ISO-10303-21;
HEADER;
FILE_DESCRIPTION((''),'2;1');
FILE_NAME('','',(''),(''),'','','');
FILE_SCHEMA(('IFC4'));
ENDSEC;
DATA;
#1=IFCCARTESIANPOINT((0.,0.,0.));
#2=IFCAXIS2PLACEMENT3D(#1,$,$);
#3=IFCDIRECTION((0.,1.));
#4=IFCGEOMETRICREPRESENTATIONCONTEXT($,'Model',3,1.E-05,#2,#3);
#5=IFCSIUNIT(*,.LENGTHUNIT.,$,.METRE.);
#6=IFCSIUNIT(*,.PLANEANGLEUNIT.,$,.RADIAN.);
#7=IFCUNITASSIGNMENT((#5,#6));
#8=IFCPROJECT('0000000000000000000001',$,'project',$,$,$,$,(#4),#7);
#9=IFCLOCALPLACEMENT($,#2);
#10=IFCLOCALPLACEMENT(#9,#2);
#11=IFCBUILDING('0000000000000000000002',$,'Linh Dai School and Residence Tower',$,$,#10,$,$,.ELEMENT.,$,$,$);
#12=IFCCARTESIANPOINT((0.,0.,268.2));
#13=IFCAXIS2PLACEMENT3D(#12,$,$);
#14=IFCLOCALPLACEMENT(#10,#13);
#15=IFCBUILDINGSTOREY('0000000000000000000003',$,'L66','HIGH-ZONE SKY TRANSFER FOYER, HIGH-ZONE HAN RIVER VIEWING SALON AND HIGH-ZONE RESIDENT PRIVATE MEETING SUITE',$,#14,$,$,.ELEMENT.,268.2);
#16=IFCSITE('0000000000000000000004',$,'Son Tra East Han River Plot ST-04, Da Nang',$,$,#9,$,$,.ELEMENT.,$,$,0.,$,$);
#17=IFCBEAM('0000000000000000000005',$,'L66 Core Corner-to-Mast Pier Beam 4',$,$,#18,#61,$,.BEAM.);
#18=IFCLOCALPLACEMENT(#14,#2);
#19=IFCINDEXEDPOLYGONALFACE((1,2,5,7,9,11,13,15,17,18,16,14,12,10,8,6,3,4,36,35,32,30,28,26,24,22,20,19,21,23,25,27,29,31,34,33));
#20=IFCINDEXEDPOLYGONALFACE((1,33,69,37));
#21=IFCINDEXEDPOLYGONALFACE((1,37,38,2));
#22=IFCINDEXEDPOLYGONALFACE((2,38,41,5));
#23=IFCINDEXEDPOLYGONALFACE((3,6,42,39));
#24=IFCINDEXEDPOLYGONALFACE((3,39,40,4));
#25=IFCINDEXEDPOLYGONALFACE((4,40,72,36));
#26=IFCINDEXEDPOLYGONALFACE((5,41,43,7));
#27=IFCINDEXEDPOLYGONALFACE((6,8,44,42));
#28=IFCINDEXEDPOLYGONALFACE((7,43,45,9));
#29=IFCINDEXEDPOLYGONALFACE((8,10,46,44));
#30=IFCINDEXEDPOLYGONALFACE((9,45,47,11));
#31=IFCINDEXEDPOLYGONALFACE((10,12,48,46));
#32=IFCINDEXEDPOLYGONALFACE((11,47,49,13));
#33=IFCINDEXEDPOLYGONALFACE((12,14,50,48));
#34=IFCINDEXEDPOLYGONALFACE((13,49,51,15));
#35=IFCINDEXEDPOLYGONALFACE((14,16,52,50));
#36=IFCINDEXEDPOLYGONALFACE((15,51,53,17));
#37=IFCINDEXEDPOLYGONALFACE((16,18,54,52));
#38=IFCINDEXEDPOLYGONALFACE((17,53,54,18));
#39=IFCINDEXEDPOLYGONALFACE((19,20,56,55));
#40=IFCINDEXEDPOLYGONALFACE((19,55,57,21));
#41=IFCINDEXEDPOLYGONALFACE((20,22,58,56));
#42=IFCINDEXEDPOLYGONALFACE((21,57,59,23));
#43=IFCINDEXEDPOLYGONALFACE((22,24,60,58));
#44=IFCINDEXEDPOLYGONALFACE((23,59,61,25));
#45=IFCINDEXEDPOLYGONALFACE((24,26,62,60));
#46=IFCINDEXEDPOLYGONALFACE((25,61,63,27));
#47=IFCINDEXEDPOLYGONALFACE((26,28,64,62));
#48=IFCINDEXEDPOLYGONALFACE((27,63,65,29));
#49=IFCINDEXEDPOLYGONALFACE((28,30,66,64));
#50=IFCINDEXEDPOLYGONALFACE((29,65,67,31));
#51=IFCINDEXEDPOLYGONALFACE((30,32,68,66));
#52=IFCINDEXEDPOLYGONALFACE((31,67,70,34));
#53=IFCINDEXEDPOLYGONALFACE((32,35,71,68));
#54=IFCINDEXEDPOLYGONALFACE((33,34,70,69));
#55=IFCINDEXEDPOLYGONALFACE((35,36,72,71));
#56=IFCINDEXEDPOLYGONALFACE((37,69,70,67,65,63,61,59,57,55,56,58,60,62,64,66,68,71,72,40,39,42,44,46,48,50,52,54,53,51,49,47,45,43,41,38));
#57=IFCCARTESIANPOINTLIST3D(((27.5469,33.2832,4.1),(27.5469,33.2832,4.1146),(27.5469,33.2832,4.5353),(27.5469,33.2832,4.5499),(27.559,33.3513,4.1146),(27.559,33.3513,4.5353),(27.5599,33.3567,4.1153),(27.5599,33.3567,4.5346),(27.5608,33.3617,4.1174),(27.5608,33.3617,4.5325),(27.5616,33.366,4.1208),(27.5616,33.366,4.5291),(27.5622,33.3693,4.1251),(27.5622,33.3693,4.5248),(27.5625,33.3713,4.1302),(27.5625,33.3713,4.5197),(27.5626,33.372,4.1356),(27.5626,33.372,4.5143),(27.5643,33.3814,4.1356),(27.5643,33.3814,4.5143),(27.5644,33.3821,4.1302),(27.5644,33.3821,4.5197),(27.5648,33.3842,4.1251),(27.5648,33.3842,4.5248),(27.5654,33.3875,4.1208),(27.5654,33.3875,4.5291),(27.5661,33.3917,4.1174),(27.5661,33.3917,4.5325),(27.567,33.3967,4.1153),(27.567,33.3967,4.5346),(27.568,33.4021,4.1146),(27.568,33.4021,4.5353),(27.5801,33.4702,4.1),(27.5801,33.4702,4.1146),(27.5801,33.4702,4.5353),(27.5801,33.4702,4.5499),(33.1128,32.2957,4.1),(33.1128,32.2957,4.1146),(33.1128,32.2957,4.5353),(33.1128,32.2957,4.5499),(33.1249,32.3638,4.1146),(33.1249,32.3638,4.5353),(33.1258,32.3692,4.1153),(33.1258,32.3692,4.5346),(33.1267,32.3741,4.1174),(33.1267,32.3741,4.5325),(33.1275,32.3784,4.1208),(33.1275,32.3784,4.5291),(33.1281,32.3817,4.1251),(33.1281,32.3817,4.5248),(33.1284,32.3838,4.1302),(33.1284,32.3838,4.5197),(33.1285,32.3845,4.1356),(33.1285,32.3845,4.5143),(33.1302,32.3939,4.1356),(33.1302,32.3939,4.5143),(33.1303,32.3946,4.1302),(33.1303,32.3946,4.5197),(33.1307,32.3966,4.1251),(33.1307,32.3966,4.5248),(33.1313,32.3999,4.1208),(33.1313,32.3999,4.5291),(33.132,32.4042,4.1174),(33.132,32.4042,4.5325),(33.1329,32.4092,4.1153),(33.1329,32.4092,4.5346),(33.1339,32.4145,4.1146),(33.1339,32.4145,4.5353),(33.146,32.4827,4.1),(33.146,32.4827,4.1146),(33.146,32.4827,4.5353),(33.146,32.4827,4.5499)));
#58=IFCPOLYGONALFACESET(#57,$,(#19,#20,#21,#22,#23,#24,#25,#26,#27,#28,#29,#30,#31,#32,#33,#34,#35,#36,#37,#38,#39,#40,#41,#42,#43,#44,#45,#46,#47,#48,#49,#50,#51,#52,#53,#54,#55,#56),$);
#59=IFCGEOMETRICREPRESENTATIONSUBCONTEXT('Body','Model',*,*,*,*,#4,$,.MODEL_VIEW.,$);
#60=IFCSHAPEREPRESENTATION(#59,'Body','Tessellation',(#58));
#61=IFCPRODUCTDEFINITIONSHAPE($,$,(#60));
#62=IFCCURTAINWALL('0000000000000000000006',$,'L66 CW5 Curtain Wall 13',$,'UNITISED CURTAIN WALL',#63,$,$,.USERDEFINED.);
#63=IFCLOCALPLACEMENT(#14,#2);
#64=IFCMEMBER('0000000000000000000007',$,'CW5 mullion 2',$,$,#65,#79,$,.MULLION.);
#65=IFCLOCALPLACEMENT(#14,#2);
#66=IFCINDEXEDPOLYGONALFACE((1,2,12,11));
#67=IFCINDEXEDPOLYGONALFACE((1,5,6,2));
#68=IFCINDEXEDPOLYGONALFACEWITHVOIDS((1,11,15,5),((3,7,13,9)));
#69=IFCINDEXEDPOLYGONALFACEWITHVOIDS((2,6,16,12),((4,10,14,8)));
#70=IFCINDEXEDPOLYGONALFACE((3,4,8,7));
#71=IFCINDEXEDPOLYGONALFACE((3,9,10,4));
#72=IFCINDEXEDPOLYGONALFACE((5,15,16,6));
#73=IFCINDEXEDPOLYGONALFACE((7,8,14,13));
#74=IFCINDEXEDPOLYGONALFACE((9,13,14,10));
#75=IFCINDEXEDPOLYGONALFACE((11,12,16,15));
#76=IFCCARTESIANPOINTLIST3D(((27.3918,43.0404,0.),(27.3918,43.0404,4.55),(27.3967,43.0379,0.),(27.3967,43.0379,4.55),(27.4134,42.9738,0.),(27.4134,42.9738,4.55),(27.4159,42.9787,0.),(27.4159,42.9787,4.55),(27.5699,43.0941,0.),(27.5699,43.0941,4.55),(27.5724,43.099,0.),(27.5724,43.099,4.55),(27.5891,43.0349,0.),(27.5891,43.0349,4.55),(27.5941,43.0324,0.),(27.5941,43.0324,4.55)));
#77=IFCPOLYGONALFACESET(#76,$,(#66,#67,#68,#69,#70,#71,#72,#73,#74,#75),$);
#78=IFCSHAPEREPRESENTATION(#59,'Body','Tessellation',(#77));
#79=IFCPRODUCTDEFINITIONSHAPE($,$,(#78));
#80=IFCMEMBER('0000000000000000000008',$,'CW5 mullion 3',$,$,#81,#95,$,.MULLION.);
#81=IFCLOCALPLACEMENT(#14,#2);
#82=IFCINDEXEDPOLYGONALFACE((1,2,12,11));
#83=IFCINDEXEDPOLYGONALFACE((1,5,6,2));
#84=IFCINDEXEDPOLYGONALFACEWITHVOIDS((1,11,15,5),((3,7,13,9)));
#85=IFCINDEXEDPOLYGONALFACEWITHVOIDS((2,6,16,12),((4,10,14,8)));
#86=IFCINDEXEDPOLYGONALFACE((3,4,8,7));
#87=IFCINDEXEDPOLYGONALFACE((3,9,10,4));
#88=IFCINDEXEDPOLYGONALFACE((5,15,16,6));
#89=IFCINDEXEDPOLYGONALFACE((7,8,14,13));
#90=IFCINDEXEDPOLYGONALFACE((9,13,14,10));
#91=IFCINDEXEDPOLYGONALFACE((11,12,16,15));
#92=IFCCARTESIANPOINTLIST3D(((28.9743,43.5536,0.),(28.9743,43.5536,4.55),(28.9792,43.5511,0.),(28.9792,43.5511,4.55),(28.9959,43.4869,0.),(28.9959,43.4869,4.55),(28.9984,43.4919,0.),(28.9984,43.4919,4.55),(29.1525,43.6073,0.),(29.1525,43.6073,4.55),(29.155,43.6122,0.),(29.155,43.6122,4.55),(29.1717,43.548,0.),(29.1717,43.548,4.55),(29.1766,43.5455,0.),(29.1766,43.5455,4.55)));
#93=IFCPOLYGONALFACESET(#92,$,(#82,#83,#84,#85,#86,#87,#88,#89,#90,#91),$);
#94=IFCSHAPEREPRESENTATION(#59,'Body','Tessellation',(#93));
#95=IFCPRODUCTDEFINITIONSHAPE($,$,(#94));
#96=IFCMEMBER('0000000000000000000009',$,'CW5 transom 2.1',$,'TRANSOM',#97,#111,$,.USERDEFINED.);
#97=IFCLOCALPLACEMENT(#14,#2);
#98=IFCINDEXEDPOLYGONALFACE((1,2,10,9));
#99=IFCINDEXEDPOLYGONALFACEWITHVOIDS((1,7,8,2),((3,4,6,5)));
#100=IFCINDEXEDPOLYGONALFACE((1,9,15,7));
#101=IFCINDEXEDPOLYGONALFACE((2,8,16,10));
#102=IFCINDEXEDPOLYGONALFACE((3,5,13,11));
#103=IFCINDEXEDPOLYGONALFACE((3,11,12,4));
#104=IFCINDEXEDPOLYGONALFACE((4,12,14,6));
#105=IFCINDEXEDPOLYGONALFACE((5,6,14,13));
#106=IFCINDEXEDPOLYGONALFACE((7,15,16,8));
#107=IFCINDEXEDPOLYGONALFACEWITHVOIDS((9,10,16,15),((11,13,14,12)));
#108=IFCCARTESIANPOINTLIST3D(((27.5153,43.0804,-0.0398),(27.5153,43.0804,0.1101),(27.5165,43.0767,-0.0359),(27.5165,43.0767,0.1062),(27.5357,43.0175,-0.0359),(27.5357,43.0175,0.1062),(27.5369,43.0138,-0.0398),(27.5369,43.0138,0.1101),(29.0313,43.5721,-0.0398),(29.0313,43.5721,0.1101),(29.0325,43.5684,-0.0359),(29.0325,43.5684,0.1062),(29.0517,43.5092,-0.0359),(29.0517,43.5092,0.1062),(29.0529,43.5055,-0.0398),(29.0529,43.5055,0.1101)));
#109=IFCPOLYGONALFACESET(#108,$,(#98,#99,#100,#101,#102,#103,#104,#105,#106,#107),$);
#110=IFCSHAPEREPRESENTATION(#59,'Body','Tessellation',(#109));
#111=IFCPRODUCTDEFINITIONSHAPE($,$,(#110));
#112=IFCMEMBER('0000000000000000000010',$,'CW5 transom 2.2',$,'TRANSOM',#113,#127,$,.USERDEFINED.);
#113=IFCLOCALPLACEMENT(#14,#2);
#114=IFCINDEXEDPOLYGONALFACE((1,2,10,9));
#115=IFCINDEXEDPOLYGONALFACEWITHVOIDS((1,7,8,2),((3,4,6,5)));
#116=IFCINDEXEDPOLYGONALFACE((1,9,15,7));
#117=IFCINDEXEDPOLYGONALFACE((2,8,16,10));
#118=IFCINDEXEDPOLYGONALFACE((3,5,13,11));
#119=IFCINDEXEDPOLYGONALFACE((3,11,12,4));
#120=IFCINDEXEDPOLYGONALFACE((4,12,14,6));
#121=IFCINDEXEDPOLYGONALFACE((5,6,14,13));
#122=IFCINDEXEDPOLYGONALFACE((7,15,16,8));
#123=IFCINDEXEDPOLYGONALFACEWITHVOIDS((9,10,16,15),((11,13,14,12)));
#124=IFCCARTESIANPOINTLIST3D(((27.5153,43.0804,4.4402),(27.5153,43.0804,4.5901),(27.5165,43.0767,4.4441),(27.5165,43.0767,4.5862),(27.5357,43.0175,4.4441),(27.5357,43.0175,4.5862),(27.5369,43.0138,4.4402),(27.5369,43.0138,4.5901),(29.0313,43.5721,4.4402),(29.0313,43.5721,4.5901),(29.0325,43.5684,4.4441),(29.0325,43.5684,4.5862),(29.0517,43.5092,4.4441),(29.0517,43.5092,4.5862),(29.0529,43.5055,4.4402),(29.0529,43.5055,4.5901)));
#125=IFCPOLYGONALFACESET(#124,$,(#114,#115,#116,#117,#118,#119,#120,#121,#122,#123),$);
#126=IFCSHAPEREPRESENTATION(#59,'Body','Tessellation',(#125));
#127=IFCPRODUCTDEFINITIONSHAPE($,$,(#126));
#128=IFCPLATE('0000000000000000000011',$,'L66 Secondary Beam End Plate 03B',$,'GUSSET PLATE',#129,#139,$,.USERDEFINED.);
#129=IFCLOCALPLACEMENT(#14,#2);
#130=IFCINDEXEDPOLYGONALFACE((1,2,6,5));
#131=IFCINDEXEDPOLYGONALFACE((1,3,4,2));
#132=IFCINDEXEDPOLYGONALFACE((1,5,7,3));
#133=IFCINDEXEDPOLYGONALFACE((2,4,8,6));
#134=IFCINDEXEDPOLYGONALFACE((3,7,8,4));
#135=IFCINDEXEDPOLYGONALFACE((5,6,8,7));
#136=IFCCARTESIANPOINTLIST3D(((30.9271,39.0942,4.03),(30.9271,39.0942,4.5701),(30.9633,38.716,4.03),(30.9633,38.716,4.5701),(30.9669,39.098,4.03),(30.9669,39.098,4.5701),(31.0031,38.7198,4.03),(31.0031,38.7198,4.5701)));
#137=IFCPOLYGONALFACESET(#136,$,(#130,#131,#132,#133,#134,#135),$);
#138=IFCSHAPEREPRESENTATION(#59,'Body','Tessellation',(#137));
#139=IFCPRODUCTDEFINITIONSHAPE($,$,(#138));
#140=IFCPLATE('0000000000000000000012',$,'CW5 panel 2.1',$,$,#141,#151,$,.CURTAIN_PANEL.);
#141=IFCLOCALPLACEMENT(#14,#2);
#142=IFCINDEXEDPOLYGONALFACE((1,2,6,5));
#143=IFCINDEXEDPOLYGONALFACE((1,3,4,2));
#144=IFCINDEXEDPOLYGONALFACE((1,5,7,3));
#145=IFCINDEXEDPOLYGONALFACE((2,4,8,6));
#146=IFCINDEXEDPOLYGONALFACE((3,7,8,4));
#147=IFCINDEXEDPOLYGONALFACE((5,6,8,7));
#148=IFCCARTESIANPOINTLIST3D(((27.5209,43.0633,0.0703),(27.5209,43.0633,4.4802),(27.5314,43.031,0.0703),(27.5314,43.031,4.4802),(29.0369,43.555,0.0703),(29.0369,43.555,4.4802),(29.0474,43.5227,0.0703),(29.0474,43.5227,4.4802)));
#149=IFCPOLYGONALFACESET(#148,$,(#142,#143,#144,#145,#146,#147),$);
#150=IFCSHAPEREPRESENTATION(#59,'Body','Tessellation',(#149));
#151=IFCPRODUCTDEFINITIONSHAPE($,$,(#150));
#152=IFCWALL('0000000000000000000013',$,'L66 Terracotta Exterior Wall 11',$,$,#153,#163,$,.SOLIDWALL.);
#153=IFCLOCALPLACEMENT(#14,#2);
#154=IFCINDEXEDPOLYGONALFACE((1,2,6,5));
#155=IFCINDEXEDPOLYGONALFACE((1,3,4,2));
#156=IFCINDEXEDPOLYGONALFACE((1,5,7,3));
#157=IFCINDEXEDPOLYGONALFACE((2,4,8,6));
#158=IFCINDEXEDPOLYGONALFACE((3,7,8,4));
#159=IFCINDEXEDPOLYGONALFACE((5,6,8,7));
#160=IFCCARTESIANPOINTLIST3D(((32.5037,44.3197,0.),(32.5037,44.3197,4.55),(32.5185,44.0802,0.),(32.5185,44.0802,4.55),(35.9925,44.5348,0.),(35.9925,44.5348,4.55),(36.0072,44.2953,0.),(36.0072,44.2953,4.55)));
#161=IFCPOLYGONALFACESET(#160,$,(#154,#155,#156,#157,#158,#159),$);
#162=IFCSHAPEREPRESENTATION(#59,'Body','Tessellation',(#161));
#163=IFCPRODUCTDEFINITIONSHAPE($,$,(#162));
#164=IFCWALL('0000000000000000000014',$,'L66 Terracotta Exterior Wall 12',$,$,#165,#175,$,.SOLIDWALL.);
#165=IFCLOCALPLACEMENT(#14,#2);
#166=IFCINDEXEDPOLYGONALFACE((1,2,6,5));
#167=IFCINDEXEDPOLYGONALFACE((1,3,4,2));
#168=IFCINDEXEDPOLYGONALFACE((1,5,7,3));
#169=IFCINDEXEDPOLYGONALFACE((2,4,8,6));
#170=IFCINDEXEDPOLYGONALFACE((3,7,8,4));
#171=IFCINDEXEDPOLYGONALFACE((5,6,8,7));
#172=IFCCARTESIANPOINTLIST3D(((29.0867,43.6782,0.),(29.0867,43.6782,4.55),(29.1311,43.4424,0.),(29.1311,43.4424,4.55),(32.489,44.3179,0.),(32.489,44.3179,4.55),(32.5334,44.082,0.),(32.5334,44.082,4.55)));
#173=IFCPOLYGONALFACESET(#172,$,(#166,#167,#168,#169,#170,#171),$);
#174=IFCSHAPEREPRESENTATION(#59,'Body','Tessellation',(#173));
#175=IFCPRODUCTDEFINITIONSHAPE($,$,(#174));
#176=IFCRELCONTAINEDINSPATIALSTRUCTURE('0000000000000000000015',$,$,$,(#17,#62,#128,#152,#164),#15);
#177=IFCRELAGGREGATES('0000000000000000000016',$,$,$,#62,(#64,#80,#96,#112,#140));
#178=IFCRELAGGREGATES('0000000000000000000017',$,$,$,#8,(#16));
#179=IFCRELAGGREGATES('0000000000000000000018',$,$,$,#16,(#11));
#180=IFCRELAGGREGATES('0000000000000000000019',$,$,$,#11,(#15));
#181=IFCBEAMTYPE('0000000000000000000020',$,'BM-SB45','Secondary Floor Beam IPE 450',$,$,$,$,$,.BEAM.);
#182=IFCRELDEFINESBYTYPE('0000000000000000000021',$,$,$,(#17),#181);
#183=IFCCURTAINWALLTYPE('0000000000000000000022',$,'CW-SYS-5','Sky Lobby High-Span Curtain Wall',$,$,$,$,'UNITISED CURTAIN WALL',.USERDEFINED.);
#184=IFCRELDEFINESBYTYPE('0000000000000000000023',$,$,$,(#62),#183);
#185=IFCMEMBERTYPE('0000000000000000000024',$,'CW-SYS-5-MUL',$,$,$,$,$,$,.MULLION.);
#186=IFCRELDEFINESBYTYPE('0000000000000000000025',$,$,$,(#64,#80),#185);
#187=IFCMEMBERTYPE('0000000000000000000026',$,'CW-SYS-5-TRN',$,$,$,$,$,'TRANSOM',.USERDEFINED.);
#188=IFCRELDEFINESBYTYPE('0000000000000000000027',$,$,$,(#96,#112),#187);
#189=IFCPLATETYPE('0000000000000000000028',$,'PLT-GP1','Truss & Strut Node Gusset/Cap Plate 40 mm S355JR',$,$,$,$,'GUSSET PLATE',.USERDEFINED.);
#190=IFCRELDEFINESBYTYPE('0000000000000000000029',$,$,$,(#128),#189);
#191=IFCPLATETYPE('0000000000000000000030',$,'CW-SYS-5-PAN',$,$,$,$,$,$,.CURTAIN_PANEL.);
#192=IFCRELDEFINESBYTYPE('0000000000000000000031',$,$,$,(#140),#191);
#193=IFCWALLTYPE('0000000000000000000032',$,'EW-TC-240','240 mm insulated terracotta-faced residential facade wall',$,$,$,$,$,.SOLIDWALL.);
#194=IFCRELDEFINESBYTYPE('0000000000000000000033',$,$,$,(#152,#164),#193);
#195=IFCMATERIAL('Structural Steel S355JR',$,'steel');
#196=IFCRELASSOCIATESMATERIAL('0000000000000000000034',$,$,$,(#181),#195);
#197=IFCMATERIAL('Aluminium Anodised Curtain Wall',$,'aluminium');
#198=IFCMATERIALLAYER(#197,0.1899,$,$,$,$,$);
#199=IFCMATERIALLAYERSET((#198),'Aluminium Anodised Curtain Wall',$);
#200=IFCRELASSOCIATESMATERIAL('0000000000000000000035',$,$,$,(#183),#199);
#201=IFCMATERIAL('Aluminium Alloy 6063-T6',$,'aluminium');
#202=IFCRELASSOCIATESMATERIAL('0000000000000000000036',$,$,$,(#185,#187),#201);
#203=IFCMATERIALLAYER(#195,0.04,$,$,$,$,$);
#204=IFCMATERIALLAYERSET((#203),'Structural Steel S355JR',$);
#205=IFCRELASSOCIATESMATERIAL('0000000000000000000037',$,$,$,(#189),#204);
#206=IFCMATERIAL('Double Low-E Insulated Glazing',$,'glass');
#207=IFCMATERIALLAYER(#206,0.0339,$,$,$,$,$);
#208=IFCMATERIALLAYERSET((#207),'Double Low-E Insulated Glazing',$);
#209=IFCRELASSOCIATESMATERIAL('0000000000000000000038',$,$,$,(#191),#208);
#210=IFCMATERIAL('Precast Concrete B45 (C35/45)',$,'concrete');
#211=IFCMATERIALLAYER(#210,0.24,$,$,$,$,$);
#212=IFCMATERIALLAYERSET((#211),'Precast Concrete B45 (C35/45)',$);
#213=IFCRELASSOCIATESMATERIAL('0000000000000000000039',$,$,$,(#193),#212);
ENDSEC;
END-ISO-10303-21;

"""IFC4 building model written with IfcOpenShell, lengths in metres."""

from ifc_helpers import new_model, si_unit, direction, frame, frame_2d, origin, origin_2d, place, context, subcontext, project, spatial, rectangle, hollow_rectangle, i_section, extrude, source, transform, mapped, material, layer, layer_set, material_profile, profile_set, type_object, element, aggregate, save


model = new_model("IFC4")

# Units and contexts
model_context = context("Model", 3, precision=1e-05, world=origin(), true_north=direction((0.0, 1.0)))
body_context = subcontext(model_context, "Body", "Model", "MODEL_VIEW")
ifc_project = project(units=[si_unit("LENGTHUNIT", "METRE"), si_unit("PLANEANGLEUNIT", "RADIAN")], contexts=[model_context])

# Site, building, storey
site_placement = place(None, origin())
site = spatial("IfcSite", under=ifc_project, at=site_placement, Name="Son Tra East Han River Plot ST-04, Da Nang", CompositionType="ELEMENT", RefElevation=0.0)
building_placement = place(site_placement, origin())
building = spatial("IfcBuilding", under=site, at=building_placement, Name="Linh Dai School and Residence Tower", CompositionType="ELEMENT")
storey_placement = place(building_placement, frame((0.0, 0.0, 268.2)))
storey = spatial("IfcBuildingStorey", under=building, at=storey_placement, Name="L66", Description="HIGH-ZONE SKY TRANSFER FOYER, HIGH-ZONE HAN RIVER VIEWING SALON AND HIGH-ZONE RESIDENT PRIVATE MEETING SUITE", CompositionType="ELEMENT", Elevation=268.2)

# Shared definitions
ifc_material_1 = material(Name="Structural Steel S355JR", Category="steel")

# Beam
ifc_material_profile_1 = material_profile(ifc_material_1, i_section(OverallWidth=0.1899, OverallDepth=0.45, WebThickness=0.0095, FlangeThickness=0.0146, FilletRadius=0.021, at=origin_2d()), Name="IPE 450")
ifc_profile_set_1 = profile_set([ifc_material_profile_1], Name="Structural Steel S355JR")
beam_type_1 = type_object("IfcBeamType", Name="BM-SB45", Description="Secondary Floor Beam IPE 450", PredefinedType="BEAM", material=ifc_profile_set_1)
beam_1_placement = place(storey_placement, frame((27.5635, 33.3767, 4.325), z_axis=(0.984622, -0.174699, 0.0), x_axis=(0.174699, 0.984622, 0.0)))
element("IfcBeam", 1, at=beam_1_placement, inside=storey, type_object=beam_type_1, Name="L66 Core Corner-to-Mast Pier Beam 4", PredefinedType="BEAM", context=body_context, shape_type="SweptSolid", body=[
    extrude(i_section(OverallWidth=0.1899, OverallDepth=0.45, WebThickness=0.0095, FlangeThickness=0.0146, FilletRadius=0.021, at=origin_2d()), origin(), (0.0, 0.0, 1.0), 5.6528),
])

# Curtain wall, members
ifc_material_2 = material(Name="Aluminium Anodised Curtain Wall", Category="aluminium")
ifc_layer_1 = layer(ifc_material_2, 0.1899)
ifc_layer_set_1 = layer_set([ifc_layer_1], Name="Aluminium Anodised Curtain Wall")
curtain_wall_type = type_object("IfcCurtainWallType", Name="CW-SYS-5", Description="Sky Lobby High-Span Curtain Wall", ElementType="UNITISED CURTAIN WALL", PredefinedType="USERDEFINED", material=ifc_layer_set_1)
curtain_wall_placement = place(storey_placement, origin())
curtain_wall = element("IfcCurtainWall", 2, at=curtain_wall_placement, inside=storey, type_object=curtain_wall_type, Name="L66 CW5 Curtain Wall 13", ObjectType="UNITISED CURTAIN WALL", PredefinedType="USERDEFINED")
ifc_material_3 = material(Name="Aluminium Alloy 6063-T6", Category="aluminium")
ifc_material_profile_2 = material_profile(ifc_material_3, hollow_rectangle(XDim=0.0701, YDim=0.1899, WallThickness=0.0039, at=origin_2d()), Name="RHS 190x70x4")
ifc_profile_set_2 = profile_set([ifc_material_profile_2], Name="Aluminium Alloy 6063-T6")
member_type_1 = type_object("IfcMemberType", Name="CW-SYS-5-MUL", PredefinedType="MULLION", material=ifc_profile_set_2)
shared_shape_1 = source(origin(), body_context, "Body", "SweptSolid", [
    extrude(hollow_rectangle(XDim=0.0701, YDim=0.1899, WallThickness=0.0039, at=origin_2d()), origin(), (0.0, 0.0, 1.0), 4.55),
])
member_1_placement = place(storey_placement, frame((27.4929, 43.0364, 0.0), z_axis=(0.0, 0.0, 1.0), x_axis=(-0.308519, 0.951218, 0.0)))
member_1 = element("IfcMember", 3, at=member_1_placement, type_object=member_type_1, Name="CW5 mullion 2", PredefinedType="MULLION", context=body_context, shape_type="MappedRepresentation", body=[
    mapped(shared_shape_1, transform((0.0, 0.0, 0.0), x_axis=(1.0, 0.0, 0.0), y_axis=(0.0, 1.0, 0.0), z_axis=(0.0, 0.0, 1.0), scale=1.0)),
])
member_2_placement = place(storey_placement, frame((29.0754, 43.5496, 0.0), z_axis=(0.0, 0.0, 1.0), x_axis=(-0.308519, 0.951218, 0.0)))
member_2 = element("IfcMember", 4, at=member_2_placement, type_object=member_type_1, Name="CW5 mullion 3", PredefinedType="MULLION", context=body_context, shape_type="MappedRepresentation", body=[
    mapped(shared_shape_1, transform((0.0, 0.0, 0.0), x_axis=(1.0, 0.0, 0.0), y_axis=(0.0, 1.0, 0.0), z_axis=(0.0, 0.0, 1.0), scale=1.0)),
])
ifc_material_profile_3 = material_profile(ifc_material_3, hollow_rectangle(XDim=0.0701, YDim=0.1499, WallThickness=0.0039, at=origin_2d()), Name="RHS 150x70x4")
ifc_profile_set_3 = profile_set([ifc_material_profile_3], Name="Aluminium Alloy 6063-T6")
member_type_2 = type_object("IfcMemberType", Name="CW-SYS-5-TRN", ElementType="TRANSOM", PredefinedType="USERDEFINED", material=ifc_profile_set_3)
shared_shape_2 = source(origin(), body_context, "Body", "SweptSolid", [
    extrude(hollow_rectangle(XDim=0.0701, YDim=0.1499, WallThickness=0.0039, at=origin_2d()), origin(), (0.0, 0.0, 1.0), 1.5938),
])
member_3_placement = place(storey_placement, frame((27.5261, 43.0471, 0.0352), z_axis=(0.951225, 0.308497, 0.0), x_axis=(-0.308497, 0.951225, 0.0)))
member_3 = element("IfcMember", 5, at=member_3_placement, type_object=member_type_2, Name="CW5 transom 2.1", ObjectType="TRANSOM", PredefinedType="USERDEFINED", context=body_context, shape_type="MappedRepresentation", body=[
    mapped(shared_shape_2, transform((0.0, 0.0, 0.0), x_axis=(1.0, 0.0, 0.0), y_axis=(0.0, 1.0, 0.0), z_axis=(0.0, 0.0, 1.0), scale=1.0)),
])
member_4_placement = place(storey_placement, frame((27.5261, 43.0471, 4.5151), z_axis=(0.951225, 0.308497, 0.0), x_axis=(-0.308497, 0.951225, 0.0)))
member_4 = element("IfcMember", 6, at=member_4_placement, type_object=member_type_2, Name="CW5 transom 2.2", ObjectType="TRANSOM", PredefinedType="USERDEFINED", context=body_context, shape_type="MappedRepresentation", body=[
    mapped(shared_shape_2, transform((0.0, 0.0, 0.0), x_axis=(1.0, 0.0, 0.0), y_axis=(0.0, 1.0, 0.0), z_axis=(0.0, 0.0, 1.0), scale=1.0)),
])

# Plates
ifc_layer_2 = layer(ifc_material_1, 0.04)
ifc_layer_set_2 = layer_set([ifc_layer_2], Name="Structural Steel S355JR")
plate_type_1 = type_object("IfcPlateType", Name="PLT-GP1", Description="Truss & Strut Node Gusset/Cap Plate 40 mm S355JR", ElementType="GUSSET PLATE", PredefinedType="USERDEFINED", material=ifc_layer_set_2)
shared_shape_3 = source(origin(), body_context, "Body", "SweptSolid", [
    extrude(rectangle(XDim=0.04, YDim=0.3799, at=origin_2d()), origin(), (0.0, 0.0, 1.0), 0.54),
])
plate_1_placement = place(storey_placement, frame((30.9651, 38.907, 4.03), z_axis=(0.0, 0.0, 1.0), x_axis=(-0.995445, -0.095338, 0.0)))
element("IfcPlate", 7, at=plate_1_placement, inside=storey, type_object=plate_type_1, Name="L66 Secondary Beam End Plate 03B", ObjectType="GUSSET PLATE", PredefinedType="USERDEFINED", context=body_context, shape_type="MappedRepresentation", body=[
    mapped(shared_shape_3, transform((0.0, 0.0, 0.0), x_axis=(1.0, 0.0, 0.0), y_axis=(0.0, 1.0, 0.0), z_axis=(0.0, 0.0, 1.0), scale=1.0)),
])
ifc_material_4 = material(Name="Double Low-E Insulated Glazing", Category="glass")
ifc_layer_3 = layer(ifc_material_4, 0.0339)
ifc_layer_set_3 = layer_set([ifc_layer_3], Name="Double Low-E Insulated Glazing")
plate_type_2 = type_object("IfcPlateType", Name="CW-SYS-5-PAN", PredefinedType="CURTAIN_PANEL", material=ifc_layer_set_3)
shared_shape_4 = source(origin(), body_context, "Body", "SweptSolid", [
    extrude(rectangle(XDim=1.5938, YDim=0.0339, at=origin_2d()), origin(), (0.0, 0.0, 1.0), 4.4099),
])
plate_2_placement = place(storey_placement, frame((28.2842, 43.293, 0.0703), z_axis=(0.0, 0.0, 1.0), x_axis=(0.951218, 0.308519, 0.0)))
plate_2 = element("IfcPlate", 8, at=plate_2_placement, type_object=plate_type_2, Name="CW5 panel 2.1", PredefinedType="CURTAIN_PANEL", context=body_context, shape_type="MappedRepresentation", body=[
    mapped(shared_shape_4, transform((0.0, 0.0, 0.0), x_axis=(1.0, 0.0, 0.0), y_axis=(0.0, 1.0, 0.0), z_axis=(0.0, 0.0, 1.0), scale=1.0)),
])
aggregate(curtain_wall, [member_1, member_2, member_3, member_4, plate_2])

# Walls
ifc_material_5 = material(Name="Precast Concrete B45 (C35/45)", Category="concrete")
ifc_layer_4 = layer(ifc_material_5, 0.24)
ifc_layer_set_4 = layer_set([ifc_layer_4], Name="Precast Concrete B45 (C35/45)")
wall_type_1 = type_object("IfcWallType", Name="EW-TC-240", Description="240 mm insulated terracotta-faced residential facade wall", PredefinedType="SOLIDWALL", material=ifc_layer_set_4)
wall_1_placement = place(storey_placement, frame((32.5112, 44.2, 0.0), z_axis=(0.0, 0.0, 1.0), x_axis=(0.998105, 0.061535, 0.0)))
element("IfcWall", 9, at=wall_1_placement, inside=storey, type_object=wall_type_1, Name="L66 Terracotta Exterior Wall 11", PredefinedType="SOLIDWALL", context=body_context, shape_type="SweptSolid", body=[
    extrude(rectangle(XDim=3.4954, YDim=0.24, at=frame_2d((1.7476, 0.0))), origin(), (0.0, 0.0, 1.0), 4.55),
])
wall_2_placement = place(storey_placement, frame((29.1089, 43.5603, 0.0), z_axis=(0.0, 0.0, 1.0), x_axis=(0.982783, 0.184765, 0.0)))
element("IfcWall", 10, at=wall_2_placement, inside=storey, type_object=wall_type_1, Name="L66 Terracotta Exterior Wall 12", PredefinedType="SOLIDWALL", context=body_context, shape_type="SweptSolid", body=[
    extrude(rectangle(XDim=3.4619, YDim=0.24, at=frame_2d((1.731, 0.0))), origin(), (0.0, 0.0, 1.0), 4.55),
])

save(model, "model.ifc")
